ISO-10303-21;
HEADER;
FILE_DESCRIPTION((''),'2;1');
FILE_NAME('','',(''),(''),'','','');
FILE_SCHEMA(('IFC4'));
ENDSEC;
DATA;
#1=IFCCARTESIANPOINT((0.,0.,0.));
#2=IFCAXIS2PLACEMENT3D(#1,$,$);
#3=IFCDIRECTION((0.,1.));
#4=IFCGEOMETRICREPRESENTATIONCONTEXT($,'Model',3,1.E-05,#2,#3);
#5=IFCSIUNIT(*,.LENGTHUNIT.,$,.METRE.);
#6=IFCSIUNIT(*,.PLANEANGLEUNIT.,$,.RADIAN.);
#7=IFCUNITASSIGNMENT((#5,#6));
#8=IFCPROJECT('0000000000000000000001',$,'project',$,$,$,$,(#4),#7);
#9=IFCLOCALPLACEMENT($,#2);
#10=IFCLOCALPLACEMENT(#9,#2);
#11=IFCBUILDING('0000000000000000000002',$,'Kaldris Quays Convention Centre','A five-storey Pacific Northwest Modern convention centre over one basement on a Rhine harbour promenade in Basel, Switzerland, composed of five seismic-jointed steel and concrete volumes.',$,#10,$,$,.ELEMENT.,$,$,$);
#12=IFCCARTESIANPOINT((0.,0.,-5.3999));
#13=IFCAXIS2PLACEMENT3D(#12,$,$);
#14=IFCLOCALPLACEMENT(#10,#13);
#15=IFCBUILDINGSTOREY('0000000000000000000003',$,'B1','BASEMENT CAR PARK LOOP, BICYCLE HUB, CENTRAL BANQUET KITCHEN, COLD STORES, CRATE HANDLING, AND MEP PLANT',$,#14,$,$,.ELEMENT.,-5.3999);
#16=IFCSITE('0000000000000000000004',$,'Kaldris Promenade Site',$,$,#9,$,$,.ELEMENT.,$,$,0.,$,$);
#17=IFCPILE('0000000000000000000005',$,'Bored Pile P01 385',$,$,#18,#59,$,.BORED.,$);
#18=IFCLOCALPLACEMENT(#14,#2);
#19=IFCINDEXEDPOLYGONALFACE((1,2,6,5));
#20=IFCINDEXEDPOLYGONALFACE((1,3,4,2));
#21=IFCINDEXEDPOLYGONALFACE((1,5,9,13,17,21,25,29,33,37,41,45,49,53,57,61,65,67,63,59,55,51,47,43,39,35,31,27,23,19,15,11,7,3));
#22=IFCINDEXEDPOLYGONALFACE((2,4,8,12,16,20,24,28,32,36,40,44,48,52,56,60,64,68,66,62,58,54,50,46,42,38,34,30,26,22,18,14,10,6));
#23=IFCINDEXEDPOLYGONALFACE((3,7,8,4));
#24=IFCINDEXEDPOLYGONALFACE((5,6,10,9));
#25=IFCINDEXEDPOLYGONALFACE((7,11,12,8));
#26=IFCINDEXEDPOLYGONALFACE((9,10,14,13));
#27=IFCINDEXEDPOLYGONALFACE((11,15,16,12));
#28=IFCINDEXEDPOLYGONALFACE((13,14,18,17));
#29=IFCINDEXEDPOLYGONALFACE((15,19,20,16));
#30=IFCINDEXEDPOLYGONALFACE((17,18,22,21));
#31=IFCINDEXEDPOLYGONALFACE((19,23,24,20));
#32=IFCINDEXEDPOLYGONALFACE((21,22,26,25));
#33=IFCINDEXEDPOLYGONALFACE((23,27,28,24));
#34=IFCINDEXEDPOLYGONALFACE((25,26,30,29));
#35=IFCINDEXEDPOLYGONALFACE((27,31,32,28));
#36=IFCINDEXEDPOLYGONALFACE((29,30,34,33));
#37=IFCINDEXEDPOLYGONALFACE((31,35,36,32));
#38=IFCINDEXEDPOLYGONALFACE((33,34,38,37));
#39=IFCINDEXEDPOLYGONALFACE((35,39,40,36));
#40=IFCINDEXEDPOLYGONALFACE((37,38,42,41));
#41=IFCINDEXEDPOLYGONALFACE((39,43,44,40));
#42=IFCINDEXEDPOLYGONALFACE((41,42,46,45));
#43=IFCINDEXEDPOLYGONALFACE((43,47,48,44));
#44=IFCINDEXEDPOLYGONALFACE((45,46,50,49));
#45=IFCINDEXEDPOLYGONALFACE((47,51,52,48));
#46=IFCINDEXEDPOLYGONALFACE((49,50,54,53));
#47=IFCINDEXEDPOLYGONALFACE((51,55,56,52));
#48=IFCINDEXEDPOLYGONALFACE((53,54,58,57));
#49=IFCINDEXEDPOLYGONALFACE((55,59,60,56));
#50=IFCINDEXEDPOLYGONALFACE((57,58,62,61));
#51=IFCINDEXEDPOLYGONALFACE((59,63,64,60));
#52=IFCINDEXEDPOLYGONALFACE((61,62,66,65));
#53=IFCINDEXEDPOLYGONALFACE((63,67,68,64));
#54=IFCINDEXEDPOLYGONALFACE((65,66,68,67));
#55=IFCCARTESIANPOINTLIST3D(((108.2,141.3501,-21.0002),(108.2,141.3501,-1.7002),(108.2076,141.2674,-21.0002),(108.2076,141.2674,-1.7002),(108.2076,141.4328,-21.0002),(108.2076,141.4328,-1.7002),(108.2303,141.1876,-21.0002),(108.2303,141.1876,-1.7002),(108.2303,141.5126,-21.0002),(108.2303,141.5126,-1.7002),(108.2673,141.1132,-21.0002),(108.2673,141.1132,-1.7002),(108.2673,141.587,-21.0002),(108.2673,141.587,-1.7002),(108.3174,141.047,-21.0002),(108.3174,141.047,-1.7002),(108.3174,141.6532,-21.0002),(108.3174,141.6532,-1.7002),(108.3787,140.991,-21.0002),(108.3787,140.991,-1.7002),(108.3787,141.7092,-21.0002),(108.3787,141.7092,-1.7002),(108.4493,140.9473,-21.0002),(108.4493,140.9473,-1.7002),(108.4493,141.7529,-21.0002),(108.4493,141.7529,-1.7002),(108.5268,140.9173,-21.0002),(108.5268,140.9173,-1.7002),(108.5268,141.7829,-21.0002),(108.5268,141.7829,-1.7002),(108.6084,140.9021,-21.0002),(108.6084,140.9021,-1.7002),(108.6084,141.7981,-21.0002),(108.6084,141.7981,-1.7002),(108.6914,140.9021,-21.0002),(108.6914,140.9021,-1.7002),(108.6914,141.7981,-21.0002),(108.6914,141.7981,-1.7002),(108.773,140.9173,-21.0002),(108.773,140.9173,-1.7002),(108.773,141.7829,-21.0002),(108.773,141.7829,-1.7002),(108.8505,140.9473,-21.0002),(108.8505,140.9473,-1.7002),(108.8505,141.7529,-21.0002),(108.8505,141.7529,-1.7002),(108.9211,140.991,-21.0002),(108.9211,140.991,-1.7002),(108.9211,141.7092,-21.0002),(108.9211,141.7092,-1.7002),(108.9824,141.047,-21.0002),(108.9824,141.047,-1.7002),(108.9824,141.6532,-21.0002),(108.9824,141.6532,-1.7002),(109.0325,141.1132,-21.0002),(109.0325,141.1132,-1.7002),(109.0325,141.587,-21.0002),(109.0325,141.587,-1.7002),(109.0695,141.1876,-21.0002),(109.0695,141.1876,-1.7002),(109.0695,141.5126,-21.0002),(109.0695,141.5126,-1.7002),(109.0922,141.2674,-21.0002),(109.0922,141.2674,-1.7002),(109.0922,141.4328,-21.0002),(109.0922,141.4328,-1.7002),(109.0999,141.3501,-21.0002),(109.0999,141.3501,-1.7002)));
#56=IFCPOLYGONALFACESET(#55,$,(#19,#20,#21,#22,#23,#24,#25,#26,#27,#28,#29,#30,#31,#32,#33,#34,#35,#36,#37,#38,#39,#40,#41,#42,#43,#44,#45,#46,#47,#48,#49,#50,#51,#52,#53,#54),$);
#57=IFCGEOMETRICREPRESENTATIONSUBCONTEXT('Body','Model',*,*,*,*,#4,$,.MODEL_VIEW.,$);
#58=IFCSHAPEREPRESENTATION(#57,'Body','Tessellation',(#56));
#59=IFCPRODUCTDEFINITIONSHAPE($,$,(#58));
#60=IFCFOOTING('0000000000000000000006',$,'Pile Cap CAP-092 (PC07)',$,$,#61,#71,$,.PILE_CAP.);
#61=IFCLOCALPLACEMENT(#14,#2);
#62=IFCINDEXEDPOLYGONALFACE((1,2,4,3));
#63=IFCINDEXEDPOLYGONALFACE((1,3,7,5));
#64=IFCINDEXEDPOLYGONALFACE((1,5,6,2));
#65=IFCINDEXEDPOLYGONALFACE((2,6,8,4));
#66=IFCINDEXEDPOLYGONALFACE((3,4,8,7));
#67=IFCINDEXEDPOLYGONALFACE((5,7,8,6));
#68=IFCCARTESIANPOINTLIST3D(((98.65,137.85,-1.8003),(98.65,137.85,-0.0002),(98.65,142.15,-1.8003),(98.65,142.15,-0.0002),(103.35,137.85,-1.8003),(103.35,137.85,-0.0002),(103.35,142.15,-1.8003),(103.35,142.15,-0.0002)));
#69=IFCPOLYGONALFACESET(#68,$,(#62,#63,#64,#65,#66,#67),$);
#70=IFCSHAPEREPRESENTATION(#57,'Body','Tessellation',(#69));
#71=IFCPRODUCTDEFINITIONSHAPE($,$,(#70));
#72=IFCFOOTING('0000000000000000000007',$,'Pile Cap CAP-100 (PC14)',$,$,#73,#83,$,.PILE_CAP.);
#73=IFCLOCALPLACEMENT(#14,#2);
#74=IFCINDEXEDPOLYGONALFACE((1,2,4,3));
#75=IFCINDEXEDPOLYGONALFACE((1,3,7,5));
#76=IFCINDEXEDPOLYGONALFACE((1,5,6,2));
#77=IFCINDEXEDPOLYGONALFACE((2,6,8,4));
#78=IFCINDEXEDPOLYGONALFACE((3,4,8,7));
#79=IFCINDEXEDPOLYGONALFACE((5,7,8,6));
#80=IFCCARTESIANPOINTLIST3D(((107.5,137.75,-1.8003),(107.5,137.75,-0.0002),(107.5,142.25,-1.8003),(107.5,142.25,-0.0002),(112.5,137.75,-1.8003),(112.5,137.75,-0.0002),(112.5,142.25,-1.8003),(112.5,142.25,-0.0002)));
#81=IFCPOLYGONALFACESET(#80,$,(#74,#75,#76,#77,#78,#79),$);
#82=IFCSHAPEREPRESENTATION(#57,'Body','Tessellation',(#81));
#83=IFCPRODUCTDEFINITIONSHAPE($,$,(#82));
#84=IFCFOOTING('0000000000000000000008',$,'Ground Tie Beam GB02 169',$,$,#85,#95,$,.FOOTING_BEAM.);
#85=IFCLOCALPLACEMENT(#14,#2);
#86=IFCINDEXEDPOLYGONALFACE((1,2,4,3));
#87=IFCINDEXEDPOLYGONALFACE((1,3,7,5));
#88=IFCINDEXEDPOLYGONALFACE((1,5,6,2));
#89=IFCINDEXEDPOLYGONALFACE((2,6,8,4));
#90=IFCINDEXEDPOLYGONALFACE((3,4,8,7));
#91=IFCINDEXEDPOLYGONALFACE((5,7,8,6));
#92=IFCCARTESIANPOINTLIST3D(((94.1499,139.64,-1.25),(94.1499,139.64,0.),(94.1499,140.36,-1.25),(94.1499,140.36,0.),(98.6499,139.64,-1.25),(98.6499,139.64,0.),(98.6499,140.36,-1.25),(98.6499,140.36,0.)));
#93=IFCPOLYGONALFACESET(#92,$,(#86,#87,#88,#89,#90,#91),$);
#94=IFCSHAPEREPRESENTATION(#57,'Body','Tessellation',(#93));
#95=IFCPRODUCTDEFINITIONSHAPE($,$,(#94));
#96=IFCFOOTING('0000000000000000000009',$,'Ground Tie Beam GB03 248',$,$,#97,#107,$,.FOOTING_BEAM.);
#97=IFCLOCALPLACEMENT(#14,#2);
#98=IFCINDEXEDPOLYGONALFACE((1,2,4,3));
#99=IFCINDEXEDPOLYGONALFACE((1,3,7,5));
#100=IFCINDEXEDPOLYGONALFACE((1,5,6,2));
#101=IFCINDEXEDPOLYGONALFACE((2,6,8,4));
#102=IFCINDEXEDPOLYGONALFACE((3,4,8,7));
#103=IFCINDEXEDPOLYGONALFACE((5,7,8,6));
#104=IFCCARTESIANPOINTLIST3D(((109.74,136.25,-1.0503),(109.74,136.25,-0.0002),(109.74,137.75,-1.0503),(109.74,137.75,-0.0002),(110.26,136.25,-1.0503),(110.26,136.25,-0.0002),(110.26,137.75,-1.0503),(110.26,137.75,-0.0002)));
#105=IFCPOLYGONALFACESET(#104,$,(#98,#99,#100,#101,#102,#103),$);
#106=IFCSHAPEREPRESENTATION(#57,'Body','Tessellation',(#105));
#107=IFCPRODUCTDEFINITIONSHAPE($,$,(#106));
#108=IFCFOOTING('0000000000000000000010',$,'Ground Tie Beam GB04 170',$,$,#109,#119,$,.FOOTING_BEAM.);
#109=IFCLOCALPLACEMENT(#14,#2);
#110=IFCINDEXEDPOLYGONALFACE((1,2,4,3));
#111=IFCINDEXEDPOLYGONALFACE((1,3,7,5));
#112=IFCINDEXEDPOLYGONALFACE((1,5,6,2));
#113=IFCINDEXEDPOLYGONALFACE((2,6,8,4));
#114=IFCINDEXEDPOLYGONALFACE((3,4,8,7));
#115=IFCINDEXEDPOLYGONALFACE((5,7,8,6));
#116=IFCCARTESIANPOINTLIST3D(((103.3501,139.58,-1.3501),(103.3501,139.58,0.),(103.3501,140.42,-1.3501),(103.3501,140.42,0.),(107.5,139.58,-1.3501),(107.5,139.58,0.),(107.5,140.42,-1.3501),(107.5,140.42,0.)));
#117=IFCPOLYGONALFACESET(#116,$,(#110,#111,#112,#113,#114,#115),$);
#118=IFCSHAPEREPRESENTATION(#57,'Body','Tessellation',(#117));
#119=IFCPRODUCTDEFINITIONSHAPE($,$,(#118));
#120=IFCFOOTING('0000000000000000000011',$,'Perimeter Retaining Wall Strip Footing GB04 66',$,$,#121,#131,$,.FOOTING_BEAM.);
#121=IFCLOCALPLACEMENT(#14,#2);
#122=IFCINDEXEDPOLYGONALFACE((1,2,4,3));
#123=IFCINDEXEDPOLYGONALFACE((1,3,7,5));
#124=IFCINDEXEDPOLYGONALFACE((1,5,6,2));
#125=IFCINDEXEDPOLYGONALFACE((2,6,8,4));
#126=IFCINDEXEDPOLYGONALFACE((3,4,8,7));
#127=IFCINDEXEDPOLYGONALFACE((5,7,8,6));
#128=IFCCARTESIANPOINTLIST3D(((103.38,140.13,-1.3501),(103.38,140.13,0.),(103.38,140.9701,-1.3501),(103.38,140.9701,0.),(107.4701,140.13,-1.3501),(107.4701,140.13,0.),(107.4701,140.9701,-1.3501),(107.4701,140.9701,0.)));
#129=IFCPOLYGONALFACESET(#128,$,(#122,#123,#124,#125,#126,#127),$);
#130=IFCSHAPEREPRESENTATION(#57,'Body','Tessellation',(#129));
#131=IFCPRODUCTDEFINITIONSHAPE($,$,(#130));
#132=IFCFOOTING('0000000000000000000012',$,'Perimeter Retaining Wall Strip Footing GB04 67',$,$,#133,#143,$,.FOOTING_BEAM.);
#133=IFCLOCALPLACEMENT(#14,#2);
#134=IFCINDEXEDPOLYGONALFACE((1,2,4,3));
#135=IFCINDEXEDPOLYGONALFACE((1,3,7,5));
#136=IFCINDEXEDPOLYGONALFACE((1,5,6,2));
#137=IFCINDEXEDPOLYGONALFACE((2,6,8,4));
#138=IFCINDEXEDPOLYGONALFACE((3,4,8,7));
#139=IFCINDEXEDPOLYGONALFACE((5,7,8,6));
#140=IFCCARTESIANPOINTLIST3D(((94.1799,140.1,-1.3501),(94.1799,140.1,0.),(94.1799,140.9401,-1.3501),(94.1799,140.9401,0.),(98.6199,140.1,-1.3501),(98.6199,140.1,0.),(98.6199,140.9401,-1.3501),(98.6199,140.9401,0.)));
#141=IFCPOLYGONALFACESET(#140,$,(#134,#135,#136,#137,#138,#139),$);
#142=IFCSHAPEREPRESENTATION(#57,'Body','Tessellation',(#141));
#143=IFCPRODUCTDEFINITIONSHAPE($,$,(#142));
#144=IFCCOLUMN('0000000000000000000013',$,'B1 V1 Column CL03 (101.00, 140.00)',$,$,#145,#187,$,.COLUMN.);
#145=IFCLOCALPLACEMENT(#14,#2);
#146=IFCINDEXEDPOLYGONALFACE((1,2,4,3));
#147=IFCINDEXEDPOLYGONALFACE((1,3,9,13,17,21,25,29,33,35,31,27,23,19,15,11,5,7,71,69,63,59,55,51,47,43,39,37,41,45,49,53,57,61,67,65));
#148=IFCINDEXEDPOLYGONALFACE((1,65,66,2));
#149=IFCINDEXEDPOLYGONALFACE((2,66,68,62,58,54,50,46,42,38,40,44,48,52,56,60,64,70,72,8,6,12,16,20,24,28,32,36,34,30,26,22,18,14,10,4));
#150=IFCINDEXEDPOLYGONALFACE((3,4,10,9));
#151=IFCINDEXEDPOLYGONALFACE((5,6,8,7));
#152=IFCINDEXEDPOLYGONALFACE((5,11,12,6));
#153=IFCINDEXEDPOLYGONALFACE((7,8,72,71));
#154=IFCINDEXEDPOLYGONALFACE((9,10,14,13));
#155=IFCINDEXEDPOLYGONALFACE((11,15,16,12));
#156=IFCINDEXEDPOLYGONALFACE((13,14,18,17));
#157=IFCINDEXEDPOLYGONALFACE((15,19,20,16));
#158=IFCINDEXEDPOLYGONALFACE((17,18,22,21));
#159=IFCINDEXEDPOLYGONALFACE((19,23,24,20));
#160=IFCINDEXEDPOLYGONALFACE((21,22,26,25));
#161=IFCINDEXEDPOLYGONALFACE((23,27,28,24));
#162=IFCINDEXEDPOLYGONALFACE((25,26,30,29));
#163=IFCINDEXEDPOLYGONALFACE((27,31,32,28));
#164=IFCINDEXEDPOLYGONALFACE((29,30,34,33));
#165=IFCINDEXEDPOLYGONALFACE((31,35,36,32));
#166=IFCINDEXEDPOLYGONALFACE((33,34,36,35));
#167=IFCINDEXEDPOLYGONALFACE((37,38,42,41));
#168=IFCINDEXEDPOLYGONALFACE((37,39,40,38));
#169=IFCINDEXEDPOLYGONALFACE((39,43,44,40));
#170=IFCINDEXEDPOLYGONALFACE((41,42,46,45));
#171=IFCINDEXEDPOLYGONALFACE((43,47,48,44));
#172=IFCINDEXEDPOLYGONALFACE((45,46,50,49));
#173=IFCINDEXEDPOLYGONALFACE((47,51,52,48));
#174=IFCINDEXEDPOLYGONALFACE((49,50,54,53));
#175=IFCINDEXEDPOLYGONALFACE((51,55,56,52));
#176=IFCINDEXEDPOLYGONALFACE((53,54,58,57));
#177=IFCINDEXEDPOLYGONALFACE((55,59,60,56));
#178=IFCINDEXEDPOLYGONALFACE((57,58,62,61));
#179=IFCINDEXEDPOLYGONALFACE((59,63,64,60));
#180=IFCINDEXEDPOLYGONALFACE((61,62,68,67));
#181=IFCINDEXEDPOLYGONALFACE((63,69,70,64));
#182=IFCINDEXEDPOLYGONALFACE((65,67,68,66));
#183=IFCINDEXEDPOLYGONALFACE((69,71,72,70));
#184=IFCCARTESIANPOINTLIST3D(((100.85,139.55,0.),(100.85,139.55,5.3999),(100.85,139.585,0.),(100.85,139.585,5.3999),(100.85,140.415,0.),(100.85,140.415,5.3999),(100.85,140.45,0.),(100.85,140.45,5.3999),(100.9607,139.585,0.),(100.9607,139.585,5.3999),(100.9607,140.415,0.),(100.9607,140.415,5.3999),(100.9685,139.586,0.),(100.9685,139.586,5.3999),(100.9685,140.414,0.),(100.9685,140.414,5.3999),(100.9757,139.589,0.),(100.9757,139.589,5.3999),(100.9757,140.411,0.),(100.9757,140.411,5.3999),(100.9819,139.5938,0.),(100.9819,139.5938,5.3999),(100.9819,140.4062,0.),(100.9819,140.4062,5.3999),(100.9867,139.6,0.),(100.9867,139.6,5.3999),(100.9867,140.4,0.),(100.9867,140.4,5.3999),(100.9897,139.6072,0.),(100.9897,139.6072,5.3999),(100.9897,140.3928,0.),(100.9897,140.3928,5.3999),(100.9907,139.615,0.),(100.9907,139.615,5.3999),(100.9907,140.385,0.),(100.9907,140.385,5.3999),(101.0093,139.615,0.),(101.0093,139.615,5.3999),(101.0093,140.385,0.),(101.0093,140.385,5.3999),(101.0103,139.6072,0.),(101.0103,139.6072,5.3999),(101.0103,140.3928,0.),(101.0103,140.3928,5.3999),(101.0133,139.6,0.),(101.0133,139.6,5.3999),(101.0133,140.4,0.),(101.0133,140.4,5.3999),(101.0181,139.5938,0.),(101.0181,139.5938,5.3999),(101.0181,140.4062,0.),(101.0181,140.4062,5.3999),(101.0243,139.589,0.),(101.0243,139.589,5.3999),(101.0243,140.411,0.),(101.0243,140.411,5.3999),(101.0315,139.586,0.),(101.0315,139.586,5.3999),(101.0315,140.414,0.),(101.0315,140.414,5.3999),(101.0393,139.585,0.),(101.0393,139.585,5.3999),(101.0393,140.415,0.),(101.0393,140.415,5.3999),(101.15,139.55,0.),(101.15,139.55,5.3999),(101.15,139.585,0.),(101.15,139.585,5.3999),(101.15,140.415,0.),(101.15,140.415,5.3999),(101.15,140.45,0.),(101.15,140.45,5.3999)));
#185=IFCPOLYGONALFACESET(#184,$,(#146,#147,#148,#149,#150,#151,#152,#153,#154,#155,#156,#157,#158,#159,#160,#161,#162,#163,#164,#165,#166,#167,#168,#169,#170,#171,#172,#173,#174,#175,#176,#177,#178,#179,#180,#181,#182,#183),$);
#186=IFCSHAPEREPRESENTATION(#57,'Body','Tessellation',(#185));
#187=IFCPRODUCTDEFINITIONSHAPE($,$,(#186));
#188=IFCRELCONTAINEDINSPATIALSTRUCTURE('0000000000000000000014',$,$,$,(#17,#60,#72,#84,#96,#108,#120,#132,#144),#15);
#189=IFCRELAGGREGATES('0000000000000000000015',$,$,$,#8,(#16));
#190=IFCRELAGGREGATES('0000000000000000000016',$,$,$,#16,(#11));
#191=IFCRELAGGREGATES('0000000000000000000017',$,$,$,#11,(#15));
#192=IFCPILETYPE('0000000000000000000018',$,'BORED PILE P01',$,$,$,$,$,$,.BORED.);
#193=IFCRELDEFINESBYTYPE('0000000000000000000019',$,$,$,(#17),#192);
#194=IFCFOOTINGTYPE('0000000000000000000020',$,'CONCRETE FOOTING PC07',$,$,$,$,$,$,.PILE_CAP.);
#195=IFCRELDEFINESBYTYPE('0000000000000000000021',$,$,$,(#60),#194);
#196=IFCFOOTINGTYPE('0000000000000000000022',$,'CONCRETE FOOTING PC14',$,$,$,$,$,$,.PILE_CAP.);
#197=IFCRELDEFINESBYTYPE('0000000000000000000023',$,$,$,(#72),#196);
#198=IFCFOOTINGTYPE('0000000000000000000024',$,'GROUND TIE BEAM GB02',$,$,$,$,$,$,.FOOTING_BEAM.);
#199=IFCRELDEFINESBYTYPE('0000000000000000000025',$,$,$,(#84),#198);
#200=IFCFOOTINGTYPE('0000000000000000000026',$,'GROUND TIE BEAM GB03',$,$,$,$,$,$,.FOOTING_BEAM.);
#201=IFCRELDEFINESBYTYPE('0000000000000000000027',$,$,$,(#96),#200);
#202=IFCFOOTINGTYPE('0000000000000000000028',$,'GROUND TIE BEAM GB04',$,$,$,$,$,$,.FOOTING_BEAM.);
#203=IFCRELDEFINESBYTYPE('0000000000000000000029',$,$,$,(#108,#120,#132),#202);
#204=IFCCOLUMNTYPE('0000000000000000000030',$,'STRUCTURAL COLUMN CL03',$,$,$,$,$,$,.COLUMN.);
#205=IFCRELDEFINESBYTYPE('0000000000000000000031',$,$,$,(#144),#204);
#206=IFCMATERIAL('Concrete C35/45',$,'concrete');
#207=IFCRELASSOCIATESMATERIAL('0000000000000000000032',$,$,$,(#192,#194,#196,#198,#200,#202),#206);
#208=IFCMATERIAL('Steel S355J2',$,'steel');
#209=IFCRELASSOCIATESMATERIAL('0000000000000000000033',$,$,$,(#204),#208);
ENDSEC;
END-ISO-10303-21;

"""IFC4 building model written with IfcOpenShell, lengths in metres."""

from ifc_helpers import new_model, si_unit, direction, frame, origin, origin_2d, place, context, subcontext, project, spatial, rectangle, circle, i_section, extrude, material, material_profile, profile_set, type_object, element, save


model = new_model("IFC4")

# Units and contexts
model_context = context("Model", 3, precision=1e-05, world=origin(), true_north=direction((0.0, 1.0)))
body_context = subcontext(model_context, "Body", "Model", "MODEL_VIEW")
ifc_project = project(units=[si_unit("LENGTHUNIT", "METRE"), si_unit("PLANEANGLEUNIT", "RADIAN")], contexts=[model_context])

# Site, building, storey
site_placement = place(None, origin())
site = spatial("IfcSite", under=ifc_project, at=site_placement, Name="Kaldris Promenade Site", CompositionType="ELEMENT", RefElevation=0.0)
building_placement = place(site_placement, origin())
building = spatial("IfcBuilding", under=site, at=building_placement, Name="Kaldris Quays Convention Centre", Description="A five-storey Pacific Northwest Modern convention centre over one basement on a Rhine harbour promenade in Basel, Switzerland, composed of five seismic-jointed steel and concrete volumes.", CompositionType="ELEMENT")
storey_placement = place(building_placement, frame((0.0, 0.0, -5.3999)))
storey = spatial("IfcBuildingStorey", under=building, at=storey_placement, Name="B1", Description="BASEMENT CAR PARK LOOP, BICYCLE HUB, CENTRAL BANQUET KITCHEN, COLD STORES, CRATE HANDLING, AND MEP PLANT", CompositionType="ELEMENT", Elevation=-5.3999)

# Pile
ifc_material_1 = material(Name="Concrete C35/45", Category="concrete")
ifc_material_profile_1 = material_profile(ifc_material_1, circle(Radius=0.45, at=origin_2d()), Name="BORED PILE D900")
ifc_profile_set_1 = profile_set([ifc_material_profile_1], Name="Concrete C35/45")
pile_type = type_object("IfcPileType", Name="BORED PILE P01", PredefinedType="BORED", material=ifc_profile_set_1)
for number, where, z_axis, x_axis, name in (
    (1, (108.6499, 141.3501, -1.7002), (0.0, 0.0, -1.0), (1.0, 0.0, 0.0), "Bored Pile P01 385"),
):
    element("IfcPile", number, at=place(storey_placement, frame(where, z_axis=z_axis, x_axis=x_axis)), inside=storey, type_object=pile_type, Name=name, PredefinedType="BORED", context=body_context, shape_type="SweptSolid", body=[
        extrude(circle(Radius=0.45, at=origin_2d()), origin(), (0.0, 0.0, 1.0), 19.3),
    ])

# Footings
footing_type_1 = type_object("IfcFootingType", Name="CONCRETE FOOTING PC07", PredefinedType="PILE_CAP", material=ifc_material_1)
footing_1_placement = place(storey_placement, frame((101.0, 140.0, -1.8003), z_axis=(0.0, 0.0, 1.0), x_axis=(1.0, 0.0, 0.0)))
element("IfcFooting", 2, at=footing_1_placement, inside=storey, type_object=footing_type_1, Name="Pile Cap CAP-092 (PC07)", PredefinedType="PILE_CAP", context=body_context, shape_type="SweptSolid", body=[
    extrude(rectangle(XDim=4.7, YDim=4.3, at=origin_2d()), origin(), (0.0, 0.0, 1.0), 1.8),
])
footing_type_2 = type_object("IfcFootingType", Name="CONCRETE FOOTING PC14", PredefinedType="PILE_CAP", material=ifc_material_1)
footing_2_placement = place(storey_placement, frame((110.0, 140.0, -1.8003), z_axis=(0.0, 0.0, 1.0), x_axis=(1.0, 0.0, 0.0)))
element("IfcFooting", 3, at=footing_2_placement, inside=storey, type_object=footing_type_2, Name="Pile Cap CAP-100 (PC14)", PredefinedType="PILE_CAP", context=body_context, shape_type="SweptSolid", body=[
    extrude(rectangle(XDim=5.0, YDim=4.5, at=origin_2d()), origin(), (0.0, 0.0, 1.0), 1.8),
])
footing_type_3 = type_object("IfcFootingType", Name="GROUND TIE BEAM GB02", PredefinedType="FOOTING_BEAM", material=ifc_material_1)
footing_3_placement = place(storey_placement, frame((96.3999, 140.0, -1.25), z_axis=(0.0, 0.0, 1.0), x_axis=(1.0, 0.0, 0.0)))
element("IfcFooting", 4, at=footing_3_placement, inside=storey, type_object=footing_type_3, Name="Ground Tie Beam GB02 169", PredefinedType="FOOTING_BEAM", context=body_context, shape_type="SweptSolid", body=[
    extrude(rectangle(XDim=4.5, YDim=0.72, at=origin_2d()), origin(), (0.0, 0.0, 1.0), 1.25),
])
footing_type_4 = type_object("IfcFootingType", Name="GROUND TIE BEAM GB03", PredefinedType="FOOTING_BEAM", material=ifc_material_1)
footing_4_placement = place(storey_placement, frame((110.0, 137.0, -1.0503), z_axis=(0.0, 0.0, 1.0), x_axis=(1.0, 0.0, 0.0)))
element("IfcFooting", 5, at=footing_4_placement, inside=storey, type_object=footing_type_4, Name="Ground Tie Beam GB03 248", PredefinedType="FOOTING_BEAM", context=body_context, shape_type="SweptSolid", body=[
    extrude(rectangle(XDim=0.52, YDim=1.5, at=origin_2d()), origin(), (0.0, 0.0, 1.0), 1.05),
])
footing_type_5 = type_object("IfcFootingType", Name="GROUND TIE BEAM GB04", PredefinedType="FOOTING_BEAM", material=ifc_material_1)
footing_5_placement = place(storey_placement, frame((105.425, 140.0, -1.3501), z_axis=(0.0, 0.0, 1.0), x_axis=(1.0, 0.0, 0.0)))
element("IfcFooting", 6, at=footing_5_placement, inside=storey, type_object=footing_type_5, Name="Ground Tie Beam GB04 170", PredefinedType="FOOTING_BEAM", context=body_context, shape_type="SweptSolid", body=[
    extrude(rectangle(XDim=4.1499, YDim=0.8401, at=origin_2d()), origin(), (0.0, 0.0, 1.0), 1.3501),
])
footing_6_placement = place(storey_placement, frame((105.425, 140.55, -1.3501), z_axis=(0.0, 0.0, 1.0), x_axis=(1.0, 0.0, 0.0)))
element("IfcFooting", 7, at=footing_6_placement, inside=storey, type_object=footing_type_5, Name="Perimeter Retaining Wall Strip Footing GB04 66", PredefinedType="FOOTING_BEAM", context=body_context, shape_type="SweptSolid", body=[
    extrude(rectangle(XDim=4.0901, YDim=0.8401, at=origin_2d()), origin(), (0.0, 0.0, 1.0), 1.3501),
])
footing_7_placement = place(storey_placement, frame((96.3999, 140.52, -1.3501), z_axis=(0.0, 0.0, 1.0), x_axis=(1.0, 0.0, 0.0)))
element("IfcFooting", 8, at=footing_7_placement, inside=storey, type_object=footing_type_5, Name="Perimeter Retaining Wall Strip Footing GB04 67", PredefinedType="FOOTING_BEAM", context=body_context, shape_type="SweptSolid", body=[
    extrude(rectangle(XDim=4.4399, YDim=0.8401, at=origin_2d()), origin(), (0.0, 0.0, 1.0), 1.3501),
])

# Column
ifc_material_2 = material(Name="Steel S355J2", Category="steel")
ifc_material_profile_2 = material_profile(ifc_material_2, i_section(OverallWidth=0.3, OverallDepth=0.8999, WebThickness=0.0186, FlangeThickness=0.0349, FilletRadius=0.03, at=origin_2d()), Name="HEB 900")
ifc_profile_set_2 = profile_set([ifc_material_profile_2], Name="Steel S355J2")
column_type = type_object("IfcColumnType", Name="STRUCTURAL COLUMN CL03", PredefinedType="COLUMN", material=ifc_profile_set_2)
for number, where, z_axis, x_axis, name in (
    (9, (101.0, 140.0, 0.0), (0.0, 0.0, 1.0), (1.0, 0.0, 0.0), "B1 V1 Column CL03 (101.00, 140.00)"),
):
    element("IfcColumn", number, at=place(storey_placement, frame(where, z_axis=z_axis, x_axis=x_axis)), inside=storey, type_object=column_type, Name=name, PredefinedType="COLUMN", context=body_context, shape_type="SweptSolid", body=[
        extrude(i_section(OverallWidth=0.3, OverallDepth=0.8999, WebThickness=0.0186, FlangeThickness=0.0349, FilletRadius=0.03, at=origin_2d()), origin(), (0.0, 0.0, 1.0), 5.3999),
    ])

save(model, "model.ifc")
